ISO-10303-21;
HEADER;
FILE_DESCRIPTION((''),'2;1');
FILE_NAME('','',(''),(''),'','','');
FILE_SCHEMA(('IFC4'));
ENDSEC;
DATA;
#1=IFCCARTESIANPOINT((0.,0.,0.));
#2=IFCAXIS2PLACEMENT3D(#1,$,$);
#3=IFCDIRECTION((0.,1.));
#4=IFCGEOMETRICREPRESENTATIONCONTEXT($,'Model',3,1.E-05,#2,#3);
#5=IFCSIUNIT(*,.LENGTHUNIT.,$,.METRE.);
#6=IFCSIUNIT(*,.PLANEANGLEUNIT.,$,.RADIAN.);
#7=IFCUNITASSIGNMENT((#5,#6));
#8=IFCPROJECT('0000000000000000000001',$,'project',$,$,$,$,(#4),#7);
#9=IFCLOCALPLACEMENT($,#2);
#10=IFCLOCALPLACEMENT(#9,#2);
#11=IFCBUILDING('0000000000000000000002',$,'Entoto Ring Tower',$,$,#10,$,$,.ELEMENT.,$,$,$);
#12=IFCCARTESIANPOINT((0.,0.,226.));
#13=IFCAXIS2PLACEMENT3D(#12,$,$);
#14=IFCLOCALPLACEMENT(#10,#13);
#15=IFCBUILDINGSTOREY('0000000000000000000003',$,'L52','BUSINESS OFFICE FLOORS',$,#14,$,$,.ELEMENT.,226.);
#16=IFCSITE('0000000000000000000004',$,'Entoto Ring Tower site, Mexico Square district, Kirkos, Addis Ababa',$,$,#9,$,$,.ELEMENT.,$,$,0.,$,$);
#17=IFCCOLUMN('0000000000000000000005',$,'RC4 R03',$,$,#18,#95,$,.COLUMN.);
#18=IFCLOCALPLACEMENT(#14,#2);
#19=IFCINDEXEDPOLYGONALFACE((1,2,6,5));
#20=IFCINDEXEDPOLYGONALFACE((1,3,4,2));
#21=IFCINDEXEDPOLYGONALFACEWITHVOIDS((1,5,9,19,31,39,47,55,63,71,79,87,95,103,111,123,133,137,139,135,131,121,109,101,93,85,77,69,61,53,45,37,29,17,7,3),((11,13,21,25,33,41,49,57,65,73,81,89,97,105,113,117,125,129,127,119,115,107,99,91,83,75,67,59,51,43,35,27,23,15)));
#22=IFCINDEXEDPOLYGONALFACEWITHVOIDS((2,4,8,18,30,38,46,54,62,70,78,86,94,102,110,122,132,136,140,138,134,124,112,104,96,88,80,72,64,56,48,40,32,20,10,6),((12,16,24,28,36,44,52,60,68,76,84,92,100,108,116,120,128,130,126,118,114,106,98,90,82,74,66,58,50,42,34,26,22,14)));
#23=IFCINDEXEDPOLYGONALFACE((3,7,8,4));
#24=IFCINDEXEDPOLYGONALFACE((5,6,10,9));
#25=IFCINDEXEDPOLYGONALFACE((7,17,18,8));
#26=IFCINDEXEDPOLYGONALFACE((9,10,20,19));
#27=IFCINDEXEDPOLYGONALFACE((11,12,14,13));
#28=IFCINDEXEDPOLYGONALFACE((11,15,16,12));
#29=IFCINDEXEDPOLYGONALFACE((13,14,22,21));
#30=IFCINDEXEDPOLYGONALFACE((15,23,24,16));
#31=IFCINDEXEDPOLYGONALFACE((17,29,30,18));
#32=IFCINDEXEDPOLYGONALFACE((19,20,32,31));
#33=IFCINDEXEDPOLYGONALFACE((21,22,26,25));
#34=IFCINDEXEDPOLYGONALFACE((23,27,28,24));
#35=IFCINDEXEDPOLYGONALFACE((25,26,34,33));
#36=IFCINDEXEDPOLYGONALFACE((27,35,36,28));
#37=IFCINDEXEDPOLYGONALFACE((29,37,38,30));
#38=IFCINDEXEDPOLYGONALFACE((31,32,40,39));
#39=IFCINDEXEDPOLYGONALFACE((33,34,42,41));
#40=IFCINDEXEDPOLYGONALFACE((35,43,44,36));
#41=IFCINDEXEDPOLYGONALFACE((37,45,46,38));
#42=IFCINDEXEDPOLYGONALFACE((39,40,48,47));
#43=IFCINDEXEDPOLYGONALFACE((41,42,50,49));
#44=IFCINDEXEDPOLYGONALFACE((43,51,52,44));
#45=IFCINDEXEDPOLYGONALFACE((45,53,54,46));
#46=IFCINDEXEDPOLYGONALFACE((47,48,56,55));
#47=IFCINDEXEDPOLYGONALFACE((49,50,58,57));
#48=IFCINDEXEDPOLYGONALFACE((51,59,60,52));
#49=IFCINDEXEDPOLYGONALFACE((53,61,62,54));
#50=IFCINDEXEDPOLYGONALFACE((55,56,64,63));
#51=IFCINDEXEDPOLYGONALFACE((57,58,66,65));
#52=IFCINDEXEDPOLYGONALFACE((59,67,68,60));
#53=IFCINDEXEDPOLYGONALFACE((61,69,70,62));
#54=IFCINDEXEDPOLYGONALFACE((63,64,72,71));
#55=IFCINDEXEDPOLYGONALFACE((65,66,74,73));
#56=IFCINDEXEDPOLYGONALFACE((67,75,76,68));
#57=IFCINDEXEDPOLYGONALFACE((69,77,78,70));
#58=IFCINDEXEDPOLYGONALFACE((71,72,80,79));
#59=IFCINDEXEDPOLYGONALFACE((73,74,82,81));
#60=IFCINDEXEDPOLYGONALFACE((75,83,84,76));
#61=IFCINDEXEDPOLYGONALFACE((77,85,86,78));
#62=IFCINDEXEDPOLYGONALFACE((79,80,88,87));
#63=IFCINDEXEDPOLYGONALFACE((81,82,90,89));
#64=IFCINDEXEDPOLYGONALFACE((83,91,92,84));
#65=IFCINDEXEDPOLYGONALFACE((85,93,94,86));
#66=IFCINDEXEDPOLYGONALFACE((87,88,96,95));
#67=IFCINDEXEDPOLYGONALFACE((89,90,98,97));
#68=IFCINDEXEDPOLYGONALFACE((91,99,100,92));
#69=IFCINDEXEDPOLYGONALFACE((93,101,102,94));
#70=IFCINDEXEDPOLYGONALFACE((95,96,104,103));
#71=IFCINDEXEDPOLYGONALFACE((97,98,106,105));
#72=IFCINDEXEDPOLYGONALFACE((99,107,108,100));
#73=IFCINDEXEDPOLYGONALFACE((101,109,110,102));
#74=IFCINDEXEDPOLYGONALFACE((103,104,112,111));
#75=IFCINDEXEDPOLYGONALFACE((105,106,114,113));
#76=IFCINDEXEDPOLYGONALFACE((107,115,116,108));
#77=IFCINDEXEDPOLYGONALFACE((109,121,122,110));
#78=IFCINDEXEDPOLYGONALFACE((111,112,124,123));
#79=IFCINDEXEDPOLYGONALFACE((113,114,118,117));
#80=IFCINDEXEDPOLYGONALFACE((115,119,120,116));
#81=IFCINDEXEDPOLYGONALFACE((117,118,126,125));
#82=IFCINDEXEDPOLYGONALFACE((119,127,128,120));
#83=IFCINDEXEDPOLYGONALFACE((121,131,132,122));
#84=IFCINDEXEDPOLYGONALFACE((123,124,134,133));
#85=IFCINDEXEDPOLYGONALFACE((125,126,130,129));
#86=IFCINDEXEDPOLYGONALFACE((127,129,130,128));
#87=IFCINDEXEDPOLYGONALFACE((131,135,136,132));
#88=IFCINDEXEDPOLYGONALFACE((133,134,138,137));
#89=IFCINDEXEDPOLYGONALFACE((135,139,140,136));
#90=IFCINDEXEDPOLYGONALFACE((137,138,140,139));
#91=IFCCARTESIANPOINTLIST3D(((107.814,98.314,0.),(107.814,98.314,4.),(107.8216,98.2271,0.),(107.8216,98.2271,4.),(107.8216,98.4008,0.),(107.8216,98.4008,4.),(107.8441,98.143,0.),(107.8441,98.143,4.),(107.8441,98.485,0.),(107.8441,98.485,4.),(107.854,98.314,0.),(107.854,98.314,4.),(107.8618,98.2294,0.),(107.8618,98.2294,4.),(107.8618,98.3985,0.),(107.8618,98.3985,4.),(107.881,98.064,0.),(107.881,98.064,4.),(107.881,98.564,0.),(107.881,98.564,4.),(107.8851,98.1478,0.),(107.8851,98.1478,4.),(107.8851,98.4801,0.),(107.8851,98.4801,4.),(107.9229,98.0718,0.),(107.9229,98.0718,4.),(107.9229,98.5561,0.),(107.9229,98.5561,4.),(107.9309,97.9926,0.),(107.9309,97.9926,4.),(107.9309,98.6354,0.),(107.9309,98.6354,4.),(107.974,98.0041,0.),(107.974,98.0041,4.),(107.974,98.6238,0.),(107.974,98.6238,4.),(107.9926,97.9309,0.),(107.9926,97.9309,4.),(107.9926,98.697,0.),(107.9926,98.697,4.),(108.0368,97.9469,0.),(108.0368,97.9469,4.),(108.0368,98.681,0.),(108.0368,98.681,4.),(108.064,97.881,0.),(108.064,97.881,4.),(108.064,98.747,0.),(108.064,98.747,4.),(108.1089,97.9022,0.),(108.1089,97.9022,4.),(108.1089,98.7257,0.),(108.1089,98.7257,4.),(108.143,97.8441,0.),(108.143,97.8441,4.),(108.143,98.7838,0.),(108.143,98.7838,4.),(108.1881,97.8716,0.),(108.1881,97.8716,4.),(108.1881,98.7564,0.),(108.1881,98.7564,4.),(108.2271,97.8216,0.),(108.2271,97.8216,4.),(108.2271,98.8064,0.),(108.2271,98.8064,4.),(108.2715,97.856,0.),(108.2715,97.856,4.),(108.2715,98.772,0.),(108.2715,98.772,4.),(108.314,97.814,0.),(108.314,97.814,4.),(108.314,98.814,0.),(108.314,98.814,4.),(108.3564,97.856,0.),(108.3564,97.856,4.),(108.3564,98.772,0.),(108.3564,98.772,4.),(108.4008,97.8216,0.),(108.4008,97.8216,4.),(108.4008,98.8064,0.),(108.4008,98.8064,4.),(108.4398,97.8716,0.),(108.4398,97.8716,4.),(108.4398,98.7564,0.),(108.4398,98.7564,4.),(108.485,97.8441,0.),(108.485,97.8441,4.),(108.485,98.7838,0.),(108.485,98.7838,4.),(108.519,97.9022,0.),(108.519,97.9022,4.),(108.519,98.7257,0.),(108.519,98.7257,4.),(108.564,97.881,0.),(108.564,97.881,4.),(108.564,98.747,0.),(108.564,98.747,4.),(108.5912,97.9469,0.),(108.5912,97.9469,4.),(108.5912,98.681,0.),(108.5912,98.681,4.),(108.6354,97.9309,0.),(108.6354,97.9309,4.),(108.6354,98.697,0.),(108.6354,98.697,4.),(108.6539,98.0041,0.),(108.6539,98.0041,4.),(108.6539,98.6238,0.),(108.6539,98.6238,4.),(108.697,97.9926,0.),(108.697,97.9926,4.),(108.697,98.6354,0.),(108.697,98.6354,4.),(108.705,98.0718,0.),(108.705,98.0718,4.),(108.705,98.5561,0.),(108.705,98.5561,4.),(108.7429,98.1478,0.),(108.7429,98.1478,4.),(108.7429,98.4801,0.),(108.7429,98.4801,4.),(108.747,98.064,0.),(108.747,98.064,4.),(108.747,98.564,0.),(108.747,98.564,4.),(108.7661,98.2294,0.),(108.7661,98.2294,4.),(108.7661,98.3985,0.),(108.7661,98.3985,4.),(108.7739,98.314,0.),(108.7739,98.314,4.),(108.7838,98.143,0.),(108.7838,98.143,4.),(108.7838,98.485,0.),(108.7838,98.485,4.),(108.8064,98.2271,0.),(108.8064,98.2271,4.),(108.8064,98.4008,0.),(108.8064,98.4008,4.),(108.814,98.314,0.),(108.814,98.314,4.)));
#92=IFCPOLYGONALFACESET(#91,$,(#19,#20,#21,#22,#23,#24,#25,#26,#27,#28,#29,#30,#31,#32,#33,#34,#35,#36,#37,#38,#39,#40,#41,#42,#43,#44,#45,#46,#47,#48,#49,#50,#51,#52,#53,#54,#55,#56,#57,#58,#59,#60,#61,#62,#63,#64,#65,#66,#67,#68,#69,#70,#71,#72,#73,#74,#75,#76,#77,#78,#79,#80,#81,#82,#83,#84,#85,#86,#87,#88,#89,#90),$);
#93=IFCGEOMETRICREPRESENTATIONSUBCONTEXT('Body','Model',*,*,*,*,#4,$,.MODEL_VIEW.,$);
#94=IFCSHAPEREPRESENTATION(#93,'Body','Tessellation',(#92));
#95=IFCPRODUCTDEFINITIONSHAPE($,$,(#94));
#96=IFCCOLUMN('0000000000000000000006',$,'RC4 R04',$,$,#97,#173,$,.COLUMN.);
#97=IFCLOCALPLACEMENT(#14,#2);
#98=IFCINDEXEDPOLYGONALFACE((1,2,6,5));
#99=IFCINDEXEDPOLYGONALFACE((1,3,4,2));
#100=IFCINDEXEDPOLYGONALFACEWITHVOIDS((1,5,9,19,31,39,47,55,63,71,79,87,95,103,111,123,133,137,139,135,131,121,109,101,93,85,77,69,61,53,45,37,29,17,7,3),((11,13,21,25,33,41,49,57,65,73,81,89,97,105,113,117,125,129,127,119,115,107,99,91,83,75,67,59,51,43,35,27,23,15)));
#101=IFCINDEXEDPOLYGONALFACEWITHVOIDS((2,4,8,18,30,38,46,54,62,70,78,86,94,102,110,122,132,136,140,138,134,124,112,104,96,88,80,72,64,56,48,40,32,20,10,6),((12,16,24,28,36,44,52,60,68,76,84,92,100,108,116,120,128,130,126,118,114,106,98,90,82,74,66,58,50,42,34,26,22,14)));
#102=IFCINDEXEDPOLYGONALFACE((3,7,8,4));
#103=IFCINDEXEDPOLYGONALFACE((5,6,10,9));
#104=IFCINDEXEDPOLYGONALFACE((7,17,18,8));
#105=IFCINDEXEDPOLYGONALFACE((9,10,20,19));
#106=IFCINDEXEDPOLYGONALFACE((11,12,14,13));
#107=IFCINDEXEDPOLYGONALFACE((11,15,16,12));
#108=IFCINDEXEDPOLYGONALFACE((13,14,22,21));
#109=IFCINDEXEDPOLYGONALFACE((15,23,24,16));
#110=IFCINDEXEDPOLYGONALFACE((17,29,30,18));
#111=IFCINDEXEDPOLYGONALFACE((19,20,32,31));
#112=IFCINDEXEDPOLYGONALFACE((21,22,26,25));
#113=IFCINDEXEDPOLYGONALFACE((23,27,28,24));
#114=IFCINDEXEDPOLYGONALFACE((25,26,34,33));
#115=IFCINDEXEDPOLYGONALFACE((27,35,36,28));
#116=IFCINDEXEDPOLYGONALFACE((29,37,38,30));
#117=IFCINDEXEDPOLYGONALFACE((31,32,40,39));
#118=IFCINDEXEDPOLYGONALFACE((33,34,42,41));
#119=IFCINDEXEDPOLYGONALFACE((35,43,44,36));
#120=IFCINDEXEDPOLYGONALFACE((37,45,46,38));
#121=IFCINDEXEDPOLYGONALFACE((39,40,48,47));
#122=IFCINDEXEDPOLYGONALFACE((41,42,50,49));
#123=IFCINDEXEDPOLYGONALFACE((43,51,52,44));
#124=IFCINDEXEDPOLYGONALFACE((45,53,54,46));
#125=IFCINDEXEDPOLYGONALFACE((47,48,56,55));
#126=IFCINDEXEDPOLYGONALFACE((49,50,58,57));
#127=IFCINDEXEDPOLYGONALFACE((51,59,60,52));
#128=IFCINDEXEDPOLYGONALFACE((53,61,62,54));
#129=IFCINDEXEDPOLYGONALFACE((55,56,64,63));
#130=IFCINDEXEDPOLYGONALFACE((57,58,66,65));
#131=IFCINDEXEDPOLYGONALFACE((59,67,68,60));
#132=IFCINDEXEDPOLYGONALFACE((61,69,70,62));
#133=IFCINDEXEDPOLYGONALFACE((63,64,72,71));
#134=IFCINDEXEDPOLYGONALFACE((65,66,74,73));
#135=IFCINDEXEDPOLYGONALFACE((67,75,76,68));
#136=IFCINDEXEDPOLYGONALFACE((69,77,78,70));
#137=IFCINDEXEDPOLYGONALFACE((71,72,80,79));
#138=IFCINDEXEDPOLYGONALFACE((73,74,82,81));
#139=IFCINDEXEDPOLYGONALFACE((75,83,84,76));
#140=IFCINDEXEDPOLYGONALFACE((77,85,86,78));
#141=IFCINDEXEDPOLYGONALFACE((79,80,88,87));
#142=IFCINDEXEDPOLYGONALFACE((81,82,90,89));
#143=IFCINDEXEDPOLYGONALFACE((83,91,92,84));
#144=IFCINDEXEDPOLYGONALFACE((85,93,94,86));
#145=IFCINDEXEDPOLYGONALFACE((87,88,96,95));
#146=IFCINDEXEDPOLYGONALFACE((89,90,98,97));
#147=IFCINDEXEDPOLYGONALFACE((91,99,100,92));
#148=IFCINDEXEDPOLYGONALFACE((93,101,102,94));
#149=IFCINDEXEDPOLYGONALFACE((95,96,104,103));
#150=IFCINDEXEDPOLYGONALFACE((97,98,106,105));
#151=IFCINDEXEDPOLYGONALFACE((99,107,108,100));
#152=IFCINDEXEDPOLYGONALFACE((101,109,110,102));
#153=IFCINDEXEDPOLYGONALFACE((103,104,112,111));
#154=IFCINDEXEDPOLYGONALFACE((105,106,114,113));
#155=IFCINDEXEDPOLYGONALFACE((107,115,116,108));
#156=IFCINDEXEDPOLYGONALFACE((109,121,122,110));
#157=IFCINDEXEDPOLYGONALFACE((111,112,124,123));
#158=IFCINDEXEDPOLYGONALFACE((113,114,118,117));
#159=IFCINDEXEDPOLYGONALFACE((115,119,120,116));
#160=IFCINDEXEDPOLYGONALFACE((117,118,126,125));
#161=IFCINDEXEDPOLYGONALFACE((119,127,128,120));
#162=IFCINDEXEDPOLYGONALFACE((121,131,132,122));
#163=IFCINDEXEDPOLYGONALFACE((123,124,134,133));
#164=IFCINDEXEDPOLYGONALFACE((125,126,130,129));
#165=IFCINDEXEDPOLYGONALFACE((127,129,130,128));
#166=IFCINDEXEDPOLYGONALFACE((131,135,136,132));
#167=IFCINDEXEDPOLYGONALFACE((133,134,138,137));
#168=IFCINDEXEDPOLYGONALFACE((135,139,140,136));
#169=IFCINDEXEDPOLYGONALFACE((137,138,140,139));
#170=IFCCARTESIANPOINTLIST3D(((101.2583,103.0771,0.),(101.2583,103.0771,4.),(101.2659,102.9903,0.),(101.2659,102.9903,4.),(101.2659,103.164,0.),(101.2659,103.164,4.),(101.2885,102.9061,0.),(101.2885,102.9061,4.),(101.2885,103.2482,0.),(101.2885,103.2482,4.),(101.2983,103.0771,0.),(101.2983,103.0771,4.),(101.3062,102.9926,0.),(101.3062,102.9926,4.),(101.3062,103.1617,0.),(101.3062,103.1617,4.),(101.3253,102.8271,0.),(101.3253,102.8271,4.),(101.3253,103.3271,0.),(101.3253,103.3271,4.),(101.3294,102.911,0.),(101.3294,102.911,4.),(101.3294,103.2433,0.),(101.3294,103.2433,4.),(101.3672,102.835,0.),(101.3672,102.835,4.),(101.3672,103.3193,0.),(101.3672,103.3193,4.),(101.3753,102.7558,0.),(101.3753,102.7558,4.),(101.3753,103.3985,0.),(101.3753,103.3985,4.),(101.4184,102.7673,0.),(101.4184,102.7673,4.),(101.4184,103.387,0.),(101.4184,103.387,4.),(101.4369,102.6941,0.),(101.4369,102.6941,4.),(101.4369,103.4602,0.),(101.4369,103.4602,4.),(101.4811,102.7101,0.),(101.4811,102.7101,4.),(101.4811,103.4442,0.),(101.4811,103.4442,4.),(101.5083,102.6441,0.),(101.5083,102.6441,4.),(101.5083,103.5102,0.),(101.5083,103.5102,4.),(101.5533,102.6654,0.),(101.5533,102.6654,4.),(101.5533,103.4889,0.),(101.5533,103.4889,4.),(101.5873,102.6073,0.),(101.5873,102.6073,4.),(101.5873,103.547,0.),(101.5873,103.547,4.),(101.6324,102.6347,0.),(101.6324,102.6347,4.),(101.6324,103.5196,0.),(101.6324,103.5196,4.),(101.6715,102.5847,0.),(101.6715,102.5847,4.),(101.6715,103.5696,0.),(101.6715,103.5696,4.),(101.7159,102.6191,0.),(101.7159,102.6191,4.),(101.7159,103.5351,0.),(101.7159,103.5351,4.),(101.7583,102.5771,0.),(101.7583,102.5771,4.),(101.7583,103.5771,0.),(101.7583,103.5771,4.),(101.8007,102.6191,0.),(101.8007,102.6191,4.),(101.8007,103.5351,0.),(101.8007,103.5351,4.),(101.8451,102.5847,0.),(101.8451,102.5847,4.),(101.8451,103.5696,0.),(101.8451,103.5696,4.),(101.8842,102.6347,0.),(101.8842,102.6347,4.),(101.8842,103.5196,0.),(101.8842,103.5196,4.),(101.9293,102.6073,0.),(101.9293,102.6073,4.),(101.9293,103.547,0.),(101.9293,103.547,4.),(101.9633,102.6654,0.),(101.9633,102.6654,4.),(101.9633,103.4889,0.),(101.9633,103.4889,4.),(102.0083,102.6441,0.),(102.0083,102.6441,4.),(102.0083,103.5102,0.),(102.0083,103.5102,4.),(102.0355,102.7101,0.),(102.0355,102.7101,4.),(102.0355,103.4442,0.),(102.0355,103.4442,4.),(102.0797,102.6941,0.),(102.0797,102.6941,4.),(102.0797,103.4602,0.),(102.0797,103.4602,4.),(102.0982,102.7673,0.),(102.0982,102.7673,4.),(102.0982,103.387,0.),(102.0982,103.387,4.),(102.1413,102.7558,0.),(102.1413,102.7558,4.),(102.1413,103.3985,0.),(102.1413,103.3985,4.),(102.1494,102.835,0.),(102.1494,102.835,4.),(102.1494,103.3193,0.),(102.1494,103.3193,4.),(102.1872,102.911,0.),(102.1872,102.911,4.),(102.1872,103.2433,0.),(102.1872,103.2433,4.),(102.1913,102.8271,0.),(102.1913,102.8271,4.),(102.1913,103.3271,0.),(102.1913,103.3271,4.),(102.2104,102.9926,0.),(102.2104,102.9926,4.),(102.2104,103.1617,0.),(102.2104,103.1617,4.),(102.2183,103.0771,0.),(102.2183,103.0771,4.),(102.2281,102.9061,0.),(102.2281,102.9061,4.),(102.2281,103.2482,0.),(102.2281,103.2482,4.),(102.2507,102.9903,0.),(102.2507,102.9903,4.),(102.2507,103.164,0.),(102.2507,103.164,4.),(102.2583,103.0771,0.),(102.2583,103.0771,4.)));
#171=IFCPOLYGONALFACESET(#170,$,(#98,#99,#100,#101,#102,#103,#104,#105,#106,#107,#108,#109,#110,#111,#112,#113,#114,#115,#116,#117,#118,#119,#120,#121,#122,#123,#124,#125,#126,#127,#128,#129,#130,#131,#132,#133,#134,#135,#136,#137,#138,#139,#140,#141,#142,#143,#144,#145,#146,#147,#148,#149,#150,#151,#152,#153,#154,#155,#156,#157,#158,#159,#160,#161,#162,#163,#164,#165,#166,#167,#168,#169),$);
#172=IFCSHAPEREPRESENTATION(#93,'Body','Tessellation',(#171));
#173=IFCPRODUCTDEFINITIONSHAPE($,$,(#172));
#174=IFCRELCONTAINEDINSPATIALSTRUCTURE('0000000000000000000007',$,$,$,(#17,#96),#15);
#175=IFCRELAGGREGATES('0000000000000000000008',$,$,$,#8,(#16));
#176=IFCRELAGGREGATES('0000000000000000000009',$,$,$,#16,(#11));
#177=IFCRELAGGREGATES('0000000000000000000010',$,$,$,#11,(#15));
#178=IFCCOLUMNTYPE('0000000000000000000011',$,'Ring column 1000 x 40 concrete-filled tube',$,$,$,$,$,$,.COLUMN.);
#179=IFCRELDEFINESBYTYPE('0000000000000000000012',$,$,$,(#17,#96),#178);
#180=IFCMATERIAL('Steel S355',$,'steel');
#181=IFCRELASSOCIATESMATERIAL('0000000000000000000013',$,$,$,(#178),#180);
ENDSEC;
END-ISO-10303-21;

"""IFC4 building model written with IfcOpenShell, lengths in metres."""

from ifc_helpers import new_model, si_unit, direction, frame, origin, origin_2d, place, context, subcontext, project, spatial, circle, hollow_circle, extrude, material, material_profile, profile_set, type_object, element, save


model = new_model("IFC4")

# Units and contexts
model_context = context("Model", 3, precision=1e-05, world=origin(), true_north=direction((0.0, 1.0)))
body_context = subcontext(model_context, "Body", "Model", "MODEL_VIEW")
ifc_project = project(units=[si_unit("LENGTHUNIT", "METRE"), si_unit("PLANEANGLEUNIT", "RADIAN")], contexts=[model_context])

# Site, building, storey
site_placement = place(None, origin())
site = spatial("IfcSite", under=ifc_project, at=site_placement, Name="Entoto Ring Tower site, Mexico Square district, Kirkos, Addis Ababa", CompositionType="ELEMENT", RefElevation=0.0)
building_placement = place(site_placement, origin())
building = spatial("IfcBuilding", under=site, at=building_placement, Name="Entoto Ring Tower", CompositionType="ELEMENT")
storey_placement = place(building_placement, frame((0.0, 0.0, 226.0)))
storey = spatial("IfcBuildingStorey", under=building, at=storey_placement, Name="L52", Description="BUSINESS OFFICE FLOORS", CompositionType="ELEMENT", Elevation=226.0)

# Columns
ifc_material_1 = material(Name="Steel S355", Category="steel")
ifc_material_profile_1 = material_profile(ifc_material_1, hollow_circle(Radius=0.5, WallThickness=0.04, at=origin_2d()), Name="CHS 1000 x 40")
ifc_material_2 = material(Name="Concrete C60/75", Category="concrete")
ifc_material_profile_2 = material_profile(ifc_material_2, circle(Radius=0.46, at=origin_2d()), Name="Concrete C60/75 infill")
ifc_profile_set_1 = profile_set([ifc_material_profile_1, ifc_material_profile_2], Name="Steel S355")
column_type = type_object("IfcColumnType", Name="Ring column 1000 x 40 concrete-filled tube", PredefinedType="COLUMN", material=ifc_profile_set_1)
for number, where, z_axis, x_axis, name in (
    (1, (108.314, 98.314, 0.0), (0.0, 0.0, 1.0), (1.0, 0.0, 0.0), "RC4 R03"),
    (2, (101.7583, 103.0771, 0.0), (0.0, 0.0, 1.0), (1.0, 0.0, 0.0), "RC4 R04"),
):
    element("IfcColumn", number, at=place(storey_placement, frame(where, z_axis=z_axis, x_axis=x_axis)), inside=storey, type_object=column_type, Name=name, PredefinedType="COLUMN", context=body_context, shape_type="SweptSolid", body=[
        extrude(hollow_circle(Radius=0.5, WallThickness=0.04, at=origin_2d()), origin(), (0.0, 0.0, 1.0), 4.0),
    ])

save(model, "model.ifc")
